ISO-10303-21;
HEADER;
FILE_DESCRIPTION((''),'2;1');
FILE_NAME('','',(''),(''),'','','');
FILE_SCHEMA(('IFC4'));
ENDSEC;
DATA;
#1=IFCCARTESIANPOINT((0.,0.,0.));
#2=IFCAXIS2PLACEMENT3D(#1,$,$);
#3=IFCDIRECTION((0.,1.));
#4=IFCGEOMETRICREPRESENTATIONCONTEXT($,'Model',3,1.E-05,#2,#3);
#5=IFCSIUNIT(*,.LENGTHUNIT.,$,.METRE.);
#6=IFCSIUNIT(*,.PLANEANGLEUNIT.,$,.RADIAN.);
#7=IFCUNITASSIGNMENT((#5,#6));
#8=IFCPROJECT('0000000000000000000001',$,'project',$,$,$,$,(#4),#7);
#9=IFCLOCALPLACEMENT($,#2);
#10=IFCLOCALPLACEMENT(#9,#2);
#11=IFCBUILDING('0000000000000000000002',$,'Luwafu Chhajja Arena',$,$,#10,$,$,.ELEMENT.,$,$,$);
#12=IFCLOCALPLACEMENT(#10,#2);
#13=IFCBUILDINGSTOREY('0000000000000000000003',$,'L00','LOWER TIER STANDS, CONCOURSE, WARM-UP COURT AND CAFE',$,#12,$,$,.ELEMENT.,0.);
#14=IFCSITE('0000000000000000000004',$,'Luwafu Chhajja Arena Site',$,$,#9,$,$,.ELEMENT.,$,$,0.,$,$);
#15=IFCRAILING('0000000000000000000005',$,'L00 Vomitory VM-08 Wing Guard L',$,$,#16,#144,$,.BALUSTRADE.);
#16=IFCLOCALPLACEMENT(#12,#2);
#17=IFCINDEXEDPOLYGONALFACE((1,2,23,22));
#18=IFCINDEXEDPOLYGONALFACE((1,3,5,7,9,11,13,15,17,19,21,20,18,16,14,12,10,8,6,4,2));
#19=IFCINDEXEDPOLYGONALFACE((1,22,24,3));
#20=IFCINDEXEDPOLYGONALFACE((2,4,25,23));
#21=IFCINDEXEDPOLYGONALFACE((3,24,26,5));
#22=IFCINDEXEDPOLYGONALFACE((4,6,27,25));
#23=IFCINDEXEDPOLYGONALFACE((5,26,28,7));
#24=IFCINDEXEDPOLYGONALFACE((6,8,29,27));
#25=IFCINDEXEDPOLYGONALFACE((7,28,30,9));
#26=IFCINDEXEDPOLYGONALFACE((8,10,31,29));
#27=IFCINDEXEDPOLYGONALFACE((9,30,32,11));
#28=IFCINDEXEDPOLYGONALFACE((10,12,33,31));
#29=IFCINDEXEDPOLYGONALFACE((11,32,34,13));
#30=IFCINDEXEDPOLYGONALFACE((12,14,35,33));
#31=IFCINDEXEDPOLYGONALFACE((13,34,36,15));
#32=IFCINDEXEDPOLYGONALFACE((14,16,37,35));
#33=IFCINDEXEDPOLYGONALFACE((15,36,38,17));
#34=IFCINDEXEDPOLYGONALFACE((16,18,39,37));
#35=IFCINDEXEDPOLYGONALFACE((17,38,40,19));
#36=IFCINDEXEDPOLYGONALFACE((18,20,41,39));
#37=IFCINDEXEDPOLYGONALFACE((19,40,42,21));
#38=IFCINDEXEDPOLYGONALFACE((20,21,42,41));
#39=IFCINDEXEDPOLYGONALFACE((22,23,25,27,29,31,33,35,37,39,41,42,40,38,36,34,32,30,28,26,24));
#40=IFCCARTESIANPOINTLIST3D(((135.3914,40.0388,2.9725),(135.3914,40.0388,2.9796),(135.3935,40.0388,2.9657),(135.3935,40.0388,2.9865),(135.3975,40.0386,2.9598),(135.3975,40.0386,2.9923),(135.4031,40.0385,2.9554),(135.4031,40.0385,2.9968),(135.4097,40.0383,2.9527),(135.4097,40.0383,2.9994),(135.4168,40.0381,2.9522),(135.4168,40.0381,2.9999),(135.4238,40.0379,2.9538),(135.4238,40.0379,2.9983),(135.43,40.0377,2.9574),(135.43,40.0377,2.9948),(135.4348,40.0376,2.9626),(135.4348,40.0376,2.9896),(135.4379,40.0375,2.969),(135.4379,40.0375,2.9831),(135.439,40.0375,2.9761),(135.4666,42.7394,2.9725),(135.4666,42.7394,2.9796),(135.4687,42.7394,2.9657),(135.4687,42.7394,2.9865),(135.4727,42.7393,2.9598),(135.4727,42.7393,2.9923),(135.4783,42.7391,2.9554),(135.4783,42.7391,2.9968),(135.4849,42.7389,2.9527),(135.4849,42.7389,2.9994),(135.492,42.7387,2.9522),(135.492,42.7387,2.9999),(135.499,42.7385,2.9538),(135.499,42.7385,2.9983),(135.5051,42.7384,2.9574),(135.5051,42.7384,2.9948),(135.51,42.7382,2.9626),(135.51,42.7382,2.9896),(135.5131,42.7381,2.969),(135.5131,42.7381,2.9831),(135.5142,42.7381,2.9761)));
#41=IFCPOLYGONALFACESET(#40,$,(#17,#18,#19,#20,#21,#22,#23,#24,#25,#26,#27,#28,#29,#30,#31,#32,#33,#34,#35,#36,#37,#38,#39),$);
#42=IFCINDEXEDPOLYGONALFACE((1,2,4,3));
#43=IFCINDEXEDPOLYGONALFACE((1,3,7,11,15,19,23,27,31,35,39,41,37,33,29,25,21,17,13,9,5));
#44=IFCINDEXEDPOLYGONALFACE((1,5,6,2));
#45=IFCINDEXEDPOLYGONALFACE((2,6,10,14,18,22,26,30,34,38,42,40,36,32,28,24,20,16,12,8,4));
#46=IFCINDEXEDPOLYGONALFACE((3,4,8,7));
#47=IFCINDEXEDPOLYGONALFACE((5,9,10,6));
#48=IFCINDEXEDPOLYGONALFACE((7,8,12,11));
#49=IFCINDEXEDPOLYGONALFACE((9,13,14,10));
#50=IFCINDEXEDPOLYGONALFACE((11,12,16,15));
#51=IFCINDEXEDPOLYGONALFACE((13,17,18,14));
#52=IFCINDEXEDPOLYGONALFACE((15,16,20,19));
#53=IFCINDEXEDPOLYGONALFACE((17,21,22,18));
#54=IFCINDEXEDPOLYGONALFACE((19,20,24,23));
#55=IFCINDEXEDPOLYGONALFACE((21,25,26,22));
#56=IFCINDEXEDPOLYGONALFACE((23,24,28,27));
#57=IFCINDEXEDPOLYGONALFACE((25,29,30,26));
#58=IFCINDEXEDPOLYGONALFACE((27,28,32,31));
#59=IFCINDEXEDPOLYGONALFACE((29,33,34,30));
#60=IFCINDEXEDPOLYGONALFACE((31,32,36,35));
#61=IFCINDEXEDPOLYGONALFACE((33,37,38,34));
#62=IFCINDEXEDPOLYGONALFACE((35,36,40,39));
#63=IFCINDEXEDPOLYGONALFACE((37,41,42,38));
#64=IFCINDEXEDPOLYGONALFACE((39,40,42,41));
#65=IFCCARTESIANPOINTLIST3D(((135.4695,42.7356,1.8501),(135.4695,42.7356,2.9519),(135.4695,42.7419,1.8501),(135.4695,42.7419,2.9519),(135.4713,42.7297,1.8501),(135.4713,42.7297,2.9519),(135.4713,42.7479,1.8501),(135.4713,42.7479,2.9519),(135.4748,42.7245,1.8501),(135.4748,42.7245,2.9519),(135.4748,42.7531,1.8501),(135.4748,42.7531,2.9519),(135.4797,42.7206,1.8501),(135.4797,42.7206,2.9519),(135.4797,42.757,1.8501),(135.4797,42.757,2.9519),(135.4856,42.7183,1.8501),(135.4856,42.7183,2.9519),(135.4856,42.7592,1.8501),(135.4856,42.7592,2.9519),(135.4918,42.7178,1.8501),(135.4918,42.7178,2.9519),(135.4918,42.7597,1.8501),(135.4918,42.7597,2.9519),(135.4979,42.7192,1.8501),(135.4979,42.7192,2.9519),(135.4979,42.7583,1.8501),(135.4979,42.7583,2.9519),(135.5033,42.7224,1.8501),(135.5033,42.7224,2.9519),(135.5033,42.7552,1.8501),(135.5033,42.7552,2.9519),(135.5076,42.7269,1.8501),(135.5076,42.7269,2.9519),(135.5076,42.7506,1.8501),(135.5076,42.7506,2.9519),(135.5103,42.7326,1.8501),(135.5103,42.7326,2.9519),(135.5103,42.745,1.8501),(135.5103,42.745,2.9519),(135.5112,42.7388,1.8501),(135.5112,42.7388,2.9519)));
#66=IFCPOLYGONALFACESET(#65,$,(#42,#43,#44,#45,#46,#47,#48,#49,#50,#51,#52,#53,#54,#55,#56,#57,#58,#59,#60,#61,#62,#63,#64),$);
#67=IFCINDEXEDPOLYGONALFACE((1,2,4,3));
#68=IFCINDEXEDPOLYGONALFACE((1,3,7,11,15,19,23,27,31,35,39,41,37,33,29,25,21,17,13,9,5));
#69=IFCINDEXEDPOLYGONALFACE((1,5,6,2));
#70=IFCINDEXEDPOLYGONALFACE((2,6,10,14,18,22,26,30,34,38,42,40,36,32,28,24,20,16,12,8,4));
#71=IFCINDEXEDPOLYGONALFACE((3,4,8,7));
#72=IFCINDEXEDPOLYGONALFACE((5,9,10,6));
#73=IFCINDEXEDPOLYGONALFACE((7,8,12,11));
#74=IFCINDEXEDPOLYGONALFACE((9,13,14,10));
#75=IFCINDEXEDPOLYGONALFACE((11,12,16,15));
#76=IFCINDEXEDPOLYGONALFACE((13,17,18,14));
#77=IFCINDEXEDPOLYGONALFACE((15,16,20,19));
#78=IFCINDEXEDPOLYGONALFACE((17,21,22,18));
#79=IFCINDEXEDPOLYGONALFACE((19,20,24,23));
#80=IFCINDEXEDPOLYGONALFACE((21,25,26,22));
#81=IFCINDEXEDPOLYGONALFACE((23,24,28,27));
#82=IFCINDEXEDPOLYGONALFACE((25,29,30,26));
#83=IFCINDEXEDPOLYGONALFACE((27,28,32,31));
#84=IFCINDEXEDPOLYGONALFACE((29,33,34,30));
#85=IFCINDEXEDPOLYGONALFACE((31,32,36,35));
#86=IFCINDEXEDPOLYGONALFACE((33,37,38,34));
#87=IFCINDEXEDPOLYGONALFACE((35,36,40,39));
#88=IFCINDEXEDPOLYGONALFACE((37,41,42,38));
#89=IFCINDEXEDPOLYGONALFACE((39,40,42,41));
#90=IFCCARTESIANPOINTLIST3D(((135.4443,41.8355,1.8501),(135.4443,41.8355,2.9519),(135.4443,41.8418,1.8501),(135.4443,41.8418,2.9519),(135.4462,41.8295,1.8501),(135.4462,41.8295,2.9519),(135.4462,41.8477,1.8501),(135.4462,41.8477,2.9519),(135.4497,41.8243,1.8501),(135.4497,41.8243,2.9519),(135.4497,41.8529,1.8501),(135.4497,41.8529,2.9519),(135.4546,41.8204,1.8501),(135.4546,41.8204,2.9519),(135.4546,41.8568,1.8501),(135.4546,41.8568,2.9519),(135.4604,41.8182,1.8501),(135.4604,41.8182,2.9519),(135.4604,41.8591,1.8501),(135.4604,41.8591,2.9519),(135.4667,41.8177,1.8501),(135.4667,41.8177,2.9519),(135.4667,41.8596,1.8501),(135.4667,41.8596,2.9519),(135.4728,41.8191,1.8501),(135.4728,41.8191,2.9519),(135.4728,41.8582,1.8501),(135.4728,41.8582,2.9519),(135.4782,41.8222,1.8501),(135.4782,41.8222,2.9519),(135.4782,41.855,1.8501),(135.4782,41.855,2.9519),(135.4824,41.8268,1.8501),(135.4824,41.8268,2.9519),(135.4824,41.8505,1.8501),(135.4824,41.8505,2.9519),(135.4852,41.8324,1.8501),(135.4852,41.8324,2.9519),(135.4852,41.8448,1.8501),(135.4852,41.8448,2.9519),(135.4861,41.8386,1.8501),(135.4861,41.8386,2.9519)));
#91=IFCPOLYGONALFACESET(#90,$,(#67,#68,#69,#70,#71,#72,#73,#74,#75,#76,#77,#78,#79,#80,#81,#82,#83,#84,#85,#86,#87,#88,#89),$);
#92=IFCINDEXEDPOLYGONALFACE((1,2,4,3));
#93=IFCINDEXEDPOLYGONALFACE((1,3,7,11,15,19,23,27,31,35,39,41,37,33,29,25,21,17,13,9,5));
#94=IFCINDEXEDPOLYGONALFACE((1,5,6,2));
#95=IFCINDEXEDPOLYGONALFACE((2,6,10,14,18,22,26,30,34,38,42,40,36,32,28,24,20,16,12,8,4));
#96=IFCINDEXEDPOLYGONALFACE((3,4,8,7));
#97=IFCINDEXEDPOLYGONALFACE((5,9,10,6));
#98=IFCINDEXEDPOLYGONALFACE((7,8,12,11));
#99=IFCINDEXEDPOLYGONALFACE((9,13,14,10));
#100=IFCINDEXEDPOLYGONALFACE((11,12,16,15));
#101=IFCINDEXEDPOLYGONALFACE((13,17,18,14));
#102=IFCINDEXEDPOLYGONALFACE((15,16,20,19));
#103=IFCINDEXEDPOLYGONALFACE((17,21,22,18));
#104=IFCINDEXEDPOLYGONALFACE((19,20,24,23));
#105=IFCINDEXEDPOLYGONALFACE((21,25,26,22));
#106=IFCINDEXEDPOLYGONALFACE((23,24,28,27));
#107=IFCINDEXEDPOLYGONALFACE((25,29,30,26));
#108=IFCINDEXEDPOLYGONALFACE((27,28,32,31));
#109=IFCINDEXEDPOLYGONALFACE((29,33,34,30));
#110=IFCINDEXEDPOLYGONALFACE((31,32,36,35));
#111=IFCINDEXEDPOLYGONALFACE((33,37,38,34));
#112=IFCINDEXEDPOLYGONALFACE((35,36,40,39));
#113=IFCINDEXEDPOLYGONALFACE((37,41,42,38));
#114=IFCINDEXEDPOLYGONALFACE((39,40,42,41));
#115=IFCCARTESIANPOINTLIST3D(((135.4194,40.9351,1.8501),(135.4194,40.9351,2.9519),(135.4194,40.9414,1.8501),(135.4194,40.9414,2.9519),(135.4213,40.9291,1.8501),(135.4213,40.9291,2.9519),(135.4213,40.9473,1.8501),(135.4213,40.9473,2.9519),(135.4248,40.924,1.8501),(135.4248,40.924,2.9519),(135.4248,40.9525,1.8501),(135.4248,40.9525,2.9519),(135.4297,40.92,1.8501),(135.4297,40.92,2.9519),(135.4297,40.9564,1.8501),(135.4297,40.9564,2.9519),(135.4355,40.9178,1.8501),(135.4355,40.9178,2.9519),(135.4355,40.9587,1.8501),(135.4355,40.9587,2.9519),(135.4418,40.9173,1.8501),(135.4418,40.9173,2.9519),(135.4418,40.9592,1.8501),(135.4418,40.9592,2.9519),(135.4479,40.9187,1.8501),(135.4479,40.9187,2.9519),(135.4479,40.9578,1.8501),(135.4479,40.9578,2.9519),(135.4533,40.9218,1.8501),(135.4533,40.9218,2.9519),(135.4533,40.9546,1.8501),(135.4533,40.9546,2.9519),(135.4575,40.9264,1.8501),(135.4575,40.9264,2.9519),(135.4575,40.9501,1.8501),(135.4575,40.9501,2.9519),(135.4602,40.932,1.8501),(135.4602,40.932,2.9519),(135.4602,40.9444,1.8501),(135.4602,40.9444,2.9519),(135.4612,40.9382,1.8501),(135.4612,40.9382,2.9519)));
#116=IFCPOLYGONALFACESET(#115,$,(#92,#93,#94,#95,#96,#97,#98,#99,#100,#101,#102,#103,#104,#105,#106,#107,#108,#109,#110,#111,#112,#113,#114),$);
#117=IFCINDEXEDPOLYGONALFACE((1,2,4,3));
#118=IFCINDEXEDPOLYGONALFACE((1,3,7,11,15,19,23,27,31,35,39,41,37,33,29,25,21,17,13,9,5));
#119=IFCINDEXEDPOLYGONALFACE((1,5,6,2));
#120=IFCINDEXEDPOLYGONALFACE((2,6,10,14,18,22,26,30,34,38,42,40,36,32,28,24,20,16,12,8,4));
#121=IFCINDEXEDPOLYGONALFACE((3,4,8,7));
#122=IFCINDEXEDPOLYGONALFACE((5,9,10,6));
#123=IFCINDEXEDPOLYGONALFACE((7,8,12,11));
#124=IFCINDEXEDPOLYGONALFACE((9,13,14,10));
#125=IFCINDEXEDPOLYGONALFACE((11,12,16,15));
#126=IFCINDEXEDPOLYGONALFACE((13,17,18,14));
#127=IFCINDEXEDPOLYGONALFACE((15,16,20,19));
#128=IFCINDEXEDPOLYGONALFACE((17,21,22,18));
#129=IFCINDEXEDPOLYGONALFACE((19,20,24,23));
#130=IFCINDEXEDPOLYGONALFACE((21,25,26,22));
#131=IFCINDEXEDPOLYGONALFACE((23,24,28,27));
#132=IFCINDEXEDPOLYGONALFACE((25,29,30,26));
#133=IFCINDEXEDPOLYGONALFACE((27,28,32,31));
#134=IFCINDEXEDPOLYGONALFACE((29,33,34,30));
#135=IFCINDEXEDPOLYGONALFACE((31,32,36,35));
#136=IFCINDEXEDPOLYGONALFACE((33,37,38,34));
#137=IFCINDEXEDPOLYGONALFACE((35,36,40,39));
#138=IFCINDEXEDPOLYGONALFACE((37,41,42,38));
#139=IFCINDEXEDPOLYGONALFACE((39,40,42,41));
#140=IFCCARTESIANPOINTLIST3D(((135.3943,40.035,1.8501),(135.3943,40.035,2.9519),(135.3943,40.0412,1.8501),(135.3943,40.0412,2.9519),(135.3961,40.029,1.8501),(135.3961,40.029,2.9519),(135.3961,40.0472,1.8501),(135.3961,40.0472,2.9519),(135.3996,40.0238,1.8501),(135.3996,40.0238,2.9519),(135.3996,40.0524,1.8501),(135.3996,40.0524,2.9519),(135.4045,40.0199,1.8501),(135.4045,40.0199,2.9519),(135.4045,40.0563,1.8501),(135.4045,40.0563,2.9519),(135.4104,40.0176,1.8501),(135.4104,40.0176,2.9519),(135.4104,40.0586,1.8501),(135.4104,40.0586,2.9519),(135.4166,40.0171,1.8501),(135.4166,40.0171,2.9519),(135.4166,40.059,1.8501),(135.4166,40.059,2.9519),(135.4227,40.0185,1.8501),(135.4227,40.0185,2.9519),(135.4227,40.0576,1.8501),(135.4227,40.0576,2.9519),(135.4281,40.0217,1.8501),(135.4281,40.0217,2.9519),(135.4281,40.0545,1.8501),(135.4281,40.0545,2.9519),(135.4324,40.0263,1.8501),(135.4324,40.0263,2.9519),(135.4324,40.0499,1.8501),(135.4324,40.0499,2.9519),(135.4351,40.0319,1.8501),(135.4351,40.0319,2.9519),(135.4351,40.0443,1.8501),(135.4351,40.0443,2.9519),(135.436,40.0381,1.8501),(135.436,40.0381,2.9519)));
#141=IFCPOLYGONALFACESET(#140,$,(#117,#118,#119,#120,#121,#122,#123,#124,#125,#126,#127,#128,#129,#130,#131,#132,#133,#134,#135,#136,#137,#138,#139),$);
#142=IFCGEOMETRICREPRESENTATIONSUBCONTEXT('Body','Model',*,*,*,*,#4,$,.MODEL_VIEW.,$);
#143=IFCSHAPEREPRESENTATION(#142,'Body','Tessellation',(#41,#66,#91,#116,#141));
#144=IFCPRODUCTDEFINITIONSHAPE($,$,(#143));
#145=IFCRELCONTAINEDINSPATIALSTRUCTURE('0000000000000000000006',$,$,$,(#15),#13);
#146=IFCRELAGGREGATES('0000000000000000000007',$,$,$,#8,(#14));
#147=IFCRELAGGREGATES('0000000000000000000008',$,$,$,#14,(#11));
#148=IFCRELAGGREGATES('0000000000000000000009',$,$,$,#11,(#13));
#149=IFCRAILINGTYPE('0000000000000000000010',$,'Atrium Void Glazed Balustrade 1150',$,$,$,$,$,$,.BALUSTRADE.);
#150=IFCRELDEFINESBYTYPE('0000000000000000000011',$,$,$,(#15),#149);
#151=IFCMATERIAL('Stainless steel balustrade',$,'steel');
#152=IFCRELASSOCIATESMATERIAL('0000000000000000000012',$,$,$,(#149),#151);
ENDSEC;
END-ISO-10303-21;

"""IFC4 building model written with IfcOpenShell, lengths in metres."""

from ifc_helpers import new_model, si_unit, direction, frame, origin, origin_2d, place, context, subcontext, project, spatial, circle, extrude, material, type_object, element, save


model = new_model("IFC4")

# Units and contexts
model_context = context("Model", 3, precision=1e-05, world=origin(), true_north=direction((0.0, 1.0)))
body_context = subcontext(model_context, "Body", "Model", "MODEL_VIEW")
ifc_project = project(units=[si_unit("LENGTHUNIT", "METRE"), si_unit("PLANEANGLEUNIT", "RADIAN")], contexts=[model_context])

# Site, building, storey
site_placement = place(None, origin())
site = spatial("IfcSite", under=ifc_project, at=site_placement, Name="Luwafu Chhajja Arena Site", CompositionType="ELEMENT", RefElevation=0.0)
building_placement = place(site_placement, origin())
building = spatial("IfcBuilding", under=site, at=building_placement, Name="Luwafu Chhajja Arena", CompositionType="ELEMENT")
storey_placement = place(building_placement, origin())
storey = spatial("IfcBuildingStorey", under=building, at=storey_placement, Name="L00", Description="LOWER TIER STANDS, CONCOURSE, WARM-UP COURT AND CAFE", CompositionType="ELEMENT", Elevation=0.0)

# Railing
ifc_material_1 = material(Name="Stainless steel balustrade", Category="steel")
railing_type_1 = type_object("IfcRailingType", Name="Atrium Void Glazed Balustrade 1150", PredefinedType="BALUSTRADE", material=ifc_material_1)
for number, where, name in (
    (1, (135.4902, 42.7388, 1.8501), "L00 Vomitory VM-08 Wing Guard L"),
):
    element("IfcRailing", number, at=place(storey_placement, frame(where)), inside=storey, type_object=railing_type_1, Name=name, PredefinedType="BALUSTRADE", context=body_context, shape_type="SweptSolid", body=[
        extrude(circle(Radius=0.0239, at=origin_2d()), frame((0.0, 0.0, 1.126), z_axis=(-0.027832, -0.999613, 0.0), x_axis=(0.999613, -0.027832, 0.0)), (0.0, 0.0, 1.0), 2.7017),
        extrude(circle(Radius=0.021, at=origin_2d()), origin(), (0.0, 0.0, 1.0), 1.1018),
        extrude(circle(Radius=0.021, at=origin_2d()), frame((-0.0251, -0.9001, 0.0)), (0.0, 0.0, 1.0), 1.1018),
        extrude(circle(Radius=0.021, at=origin_2d()), frame((-0.05, -1.8005, 0.0)), (0.0, 0.0, 1.0), 1.1018),
        extrude(circle(Radius=0.021, at=origin_2d()), frame((-0.0752, -2.7007, 0.0)), (0.0, 0.0, 1.0), 1.1018),
    ])

save(model, "model.ifc")
